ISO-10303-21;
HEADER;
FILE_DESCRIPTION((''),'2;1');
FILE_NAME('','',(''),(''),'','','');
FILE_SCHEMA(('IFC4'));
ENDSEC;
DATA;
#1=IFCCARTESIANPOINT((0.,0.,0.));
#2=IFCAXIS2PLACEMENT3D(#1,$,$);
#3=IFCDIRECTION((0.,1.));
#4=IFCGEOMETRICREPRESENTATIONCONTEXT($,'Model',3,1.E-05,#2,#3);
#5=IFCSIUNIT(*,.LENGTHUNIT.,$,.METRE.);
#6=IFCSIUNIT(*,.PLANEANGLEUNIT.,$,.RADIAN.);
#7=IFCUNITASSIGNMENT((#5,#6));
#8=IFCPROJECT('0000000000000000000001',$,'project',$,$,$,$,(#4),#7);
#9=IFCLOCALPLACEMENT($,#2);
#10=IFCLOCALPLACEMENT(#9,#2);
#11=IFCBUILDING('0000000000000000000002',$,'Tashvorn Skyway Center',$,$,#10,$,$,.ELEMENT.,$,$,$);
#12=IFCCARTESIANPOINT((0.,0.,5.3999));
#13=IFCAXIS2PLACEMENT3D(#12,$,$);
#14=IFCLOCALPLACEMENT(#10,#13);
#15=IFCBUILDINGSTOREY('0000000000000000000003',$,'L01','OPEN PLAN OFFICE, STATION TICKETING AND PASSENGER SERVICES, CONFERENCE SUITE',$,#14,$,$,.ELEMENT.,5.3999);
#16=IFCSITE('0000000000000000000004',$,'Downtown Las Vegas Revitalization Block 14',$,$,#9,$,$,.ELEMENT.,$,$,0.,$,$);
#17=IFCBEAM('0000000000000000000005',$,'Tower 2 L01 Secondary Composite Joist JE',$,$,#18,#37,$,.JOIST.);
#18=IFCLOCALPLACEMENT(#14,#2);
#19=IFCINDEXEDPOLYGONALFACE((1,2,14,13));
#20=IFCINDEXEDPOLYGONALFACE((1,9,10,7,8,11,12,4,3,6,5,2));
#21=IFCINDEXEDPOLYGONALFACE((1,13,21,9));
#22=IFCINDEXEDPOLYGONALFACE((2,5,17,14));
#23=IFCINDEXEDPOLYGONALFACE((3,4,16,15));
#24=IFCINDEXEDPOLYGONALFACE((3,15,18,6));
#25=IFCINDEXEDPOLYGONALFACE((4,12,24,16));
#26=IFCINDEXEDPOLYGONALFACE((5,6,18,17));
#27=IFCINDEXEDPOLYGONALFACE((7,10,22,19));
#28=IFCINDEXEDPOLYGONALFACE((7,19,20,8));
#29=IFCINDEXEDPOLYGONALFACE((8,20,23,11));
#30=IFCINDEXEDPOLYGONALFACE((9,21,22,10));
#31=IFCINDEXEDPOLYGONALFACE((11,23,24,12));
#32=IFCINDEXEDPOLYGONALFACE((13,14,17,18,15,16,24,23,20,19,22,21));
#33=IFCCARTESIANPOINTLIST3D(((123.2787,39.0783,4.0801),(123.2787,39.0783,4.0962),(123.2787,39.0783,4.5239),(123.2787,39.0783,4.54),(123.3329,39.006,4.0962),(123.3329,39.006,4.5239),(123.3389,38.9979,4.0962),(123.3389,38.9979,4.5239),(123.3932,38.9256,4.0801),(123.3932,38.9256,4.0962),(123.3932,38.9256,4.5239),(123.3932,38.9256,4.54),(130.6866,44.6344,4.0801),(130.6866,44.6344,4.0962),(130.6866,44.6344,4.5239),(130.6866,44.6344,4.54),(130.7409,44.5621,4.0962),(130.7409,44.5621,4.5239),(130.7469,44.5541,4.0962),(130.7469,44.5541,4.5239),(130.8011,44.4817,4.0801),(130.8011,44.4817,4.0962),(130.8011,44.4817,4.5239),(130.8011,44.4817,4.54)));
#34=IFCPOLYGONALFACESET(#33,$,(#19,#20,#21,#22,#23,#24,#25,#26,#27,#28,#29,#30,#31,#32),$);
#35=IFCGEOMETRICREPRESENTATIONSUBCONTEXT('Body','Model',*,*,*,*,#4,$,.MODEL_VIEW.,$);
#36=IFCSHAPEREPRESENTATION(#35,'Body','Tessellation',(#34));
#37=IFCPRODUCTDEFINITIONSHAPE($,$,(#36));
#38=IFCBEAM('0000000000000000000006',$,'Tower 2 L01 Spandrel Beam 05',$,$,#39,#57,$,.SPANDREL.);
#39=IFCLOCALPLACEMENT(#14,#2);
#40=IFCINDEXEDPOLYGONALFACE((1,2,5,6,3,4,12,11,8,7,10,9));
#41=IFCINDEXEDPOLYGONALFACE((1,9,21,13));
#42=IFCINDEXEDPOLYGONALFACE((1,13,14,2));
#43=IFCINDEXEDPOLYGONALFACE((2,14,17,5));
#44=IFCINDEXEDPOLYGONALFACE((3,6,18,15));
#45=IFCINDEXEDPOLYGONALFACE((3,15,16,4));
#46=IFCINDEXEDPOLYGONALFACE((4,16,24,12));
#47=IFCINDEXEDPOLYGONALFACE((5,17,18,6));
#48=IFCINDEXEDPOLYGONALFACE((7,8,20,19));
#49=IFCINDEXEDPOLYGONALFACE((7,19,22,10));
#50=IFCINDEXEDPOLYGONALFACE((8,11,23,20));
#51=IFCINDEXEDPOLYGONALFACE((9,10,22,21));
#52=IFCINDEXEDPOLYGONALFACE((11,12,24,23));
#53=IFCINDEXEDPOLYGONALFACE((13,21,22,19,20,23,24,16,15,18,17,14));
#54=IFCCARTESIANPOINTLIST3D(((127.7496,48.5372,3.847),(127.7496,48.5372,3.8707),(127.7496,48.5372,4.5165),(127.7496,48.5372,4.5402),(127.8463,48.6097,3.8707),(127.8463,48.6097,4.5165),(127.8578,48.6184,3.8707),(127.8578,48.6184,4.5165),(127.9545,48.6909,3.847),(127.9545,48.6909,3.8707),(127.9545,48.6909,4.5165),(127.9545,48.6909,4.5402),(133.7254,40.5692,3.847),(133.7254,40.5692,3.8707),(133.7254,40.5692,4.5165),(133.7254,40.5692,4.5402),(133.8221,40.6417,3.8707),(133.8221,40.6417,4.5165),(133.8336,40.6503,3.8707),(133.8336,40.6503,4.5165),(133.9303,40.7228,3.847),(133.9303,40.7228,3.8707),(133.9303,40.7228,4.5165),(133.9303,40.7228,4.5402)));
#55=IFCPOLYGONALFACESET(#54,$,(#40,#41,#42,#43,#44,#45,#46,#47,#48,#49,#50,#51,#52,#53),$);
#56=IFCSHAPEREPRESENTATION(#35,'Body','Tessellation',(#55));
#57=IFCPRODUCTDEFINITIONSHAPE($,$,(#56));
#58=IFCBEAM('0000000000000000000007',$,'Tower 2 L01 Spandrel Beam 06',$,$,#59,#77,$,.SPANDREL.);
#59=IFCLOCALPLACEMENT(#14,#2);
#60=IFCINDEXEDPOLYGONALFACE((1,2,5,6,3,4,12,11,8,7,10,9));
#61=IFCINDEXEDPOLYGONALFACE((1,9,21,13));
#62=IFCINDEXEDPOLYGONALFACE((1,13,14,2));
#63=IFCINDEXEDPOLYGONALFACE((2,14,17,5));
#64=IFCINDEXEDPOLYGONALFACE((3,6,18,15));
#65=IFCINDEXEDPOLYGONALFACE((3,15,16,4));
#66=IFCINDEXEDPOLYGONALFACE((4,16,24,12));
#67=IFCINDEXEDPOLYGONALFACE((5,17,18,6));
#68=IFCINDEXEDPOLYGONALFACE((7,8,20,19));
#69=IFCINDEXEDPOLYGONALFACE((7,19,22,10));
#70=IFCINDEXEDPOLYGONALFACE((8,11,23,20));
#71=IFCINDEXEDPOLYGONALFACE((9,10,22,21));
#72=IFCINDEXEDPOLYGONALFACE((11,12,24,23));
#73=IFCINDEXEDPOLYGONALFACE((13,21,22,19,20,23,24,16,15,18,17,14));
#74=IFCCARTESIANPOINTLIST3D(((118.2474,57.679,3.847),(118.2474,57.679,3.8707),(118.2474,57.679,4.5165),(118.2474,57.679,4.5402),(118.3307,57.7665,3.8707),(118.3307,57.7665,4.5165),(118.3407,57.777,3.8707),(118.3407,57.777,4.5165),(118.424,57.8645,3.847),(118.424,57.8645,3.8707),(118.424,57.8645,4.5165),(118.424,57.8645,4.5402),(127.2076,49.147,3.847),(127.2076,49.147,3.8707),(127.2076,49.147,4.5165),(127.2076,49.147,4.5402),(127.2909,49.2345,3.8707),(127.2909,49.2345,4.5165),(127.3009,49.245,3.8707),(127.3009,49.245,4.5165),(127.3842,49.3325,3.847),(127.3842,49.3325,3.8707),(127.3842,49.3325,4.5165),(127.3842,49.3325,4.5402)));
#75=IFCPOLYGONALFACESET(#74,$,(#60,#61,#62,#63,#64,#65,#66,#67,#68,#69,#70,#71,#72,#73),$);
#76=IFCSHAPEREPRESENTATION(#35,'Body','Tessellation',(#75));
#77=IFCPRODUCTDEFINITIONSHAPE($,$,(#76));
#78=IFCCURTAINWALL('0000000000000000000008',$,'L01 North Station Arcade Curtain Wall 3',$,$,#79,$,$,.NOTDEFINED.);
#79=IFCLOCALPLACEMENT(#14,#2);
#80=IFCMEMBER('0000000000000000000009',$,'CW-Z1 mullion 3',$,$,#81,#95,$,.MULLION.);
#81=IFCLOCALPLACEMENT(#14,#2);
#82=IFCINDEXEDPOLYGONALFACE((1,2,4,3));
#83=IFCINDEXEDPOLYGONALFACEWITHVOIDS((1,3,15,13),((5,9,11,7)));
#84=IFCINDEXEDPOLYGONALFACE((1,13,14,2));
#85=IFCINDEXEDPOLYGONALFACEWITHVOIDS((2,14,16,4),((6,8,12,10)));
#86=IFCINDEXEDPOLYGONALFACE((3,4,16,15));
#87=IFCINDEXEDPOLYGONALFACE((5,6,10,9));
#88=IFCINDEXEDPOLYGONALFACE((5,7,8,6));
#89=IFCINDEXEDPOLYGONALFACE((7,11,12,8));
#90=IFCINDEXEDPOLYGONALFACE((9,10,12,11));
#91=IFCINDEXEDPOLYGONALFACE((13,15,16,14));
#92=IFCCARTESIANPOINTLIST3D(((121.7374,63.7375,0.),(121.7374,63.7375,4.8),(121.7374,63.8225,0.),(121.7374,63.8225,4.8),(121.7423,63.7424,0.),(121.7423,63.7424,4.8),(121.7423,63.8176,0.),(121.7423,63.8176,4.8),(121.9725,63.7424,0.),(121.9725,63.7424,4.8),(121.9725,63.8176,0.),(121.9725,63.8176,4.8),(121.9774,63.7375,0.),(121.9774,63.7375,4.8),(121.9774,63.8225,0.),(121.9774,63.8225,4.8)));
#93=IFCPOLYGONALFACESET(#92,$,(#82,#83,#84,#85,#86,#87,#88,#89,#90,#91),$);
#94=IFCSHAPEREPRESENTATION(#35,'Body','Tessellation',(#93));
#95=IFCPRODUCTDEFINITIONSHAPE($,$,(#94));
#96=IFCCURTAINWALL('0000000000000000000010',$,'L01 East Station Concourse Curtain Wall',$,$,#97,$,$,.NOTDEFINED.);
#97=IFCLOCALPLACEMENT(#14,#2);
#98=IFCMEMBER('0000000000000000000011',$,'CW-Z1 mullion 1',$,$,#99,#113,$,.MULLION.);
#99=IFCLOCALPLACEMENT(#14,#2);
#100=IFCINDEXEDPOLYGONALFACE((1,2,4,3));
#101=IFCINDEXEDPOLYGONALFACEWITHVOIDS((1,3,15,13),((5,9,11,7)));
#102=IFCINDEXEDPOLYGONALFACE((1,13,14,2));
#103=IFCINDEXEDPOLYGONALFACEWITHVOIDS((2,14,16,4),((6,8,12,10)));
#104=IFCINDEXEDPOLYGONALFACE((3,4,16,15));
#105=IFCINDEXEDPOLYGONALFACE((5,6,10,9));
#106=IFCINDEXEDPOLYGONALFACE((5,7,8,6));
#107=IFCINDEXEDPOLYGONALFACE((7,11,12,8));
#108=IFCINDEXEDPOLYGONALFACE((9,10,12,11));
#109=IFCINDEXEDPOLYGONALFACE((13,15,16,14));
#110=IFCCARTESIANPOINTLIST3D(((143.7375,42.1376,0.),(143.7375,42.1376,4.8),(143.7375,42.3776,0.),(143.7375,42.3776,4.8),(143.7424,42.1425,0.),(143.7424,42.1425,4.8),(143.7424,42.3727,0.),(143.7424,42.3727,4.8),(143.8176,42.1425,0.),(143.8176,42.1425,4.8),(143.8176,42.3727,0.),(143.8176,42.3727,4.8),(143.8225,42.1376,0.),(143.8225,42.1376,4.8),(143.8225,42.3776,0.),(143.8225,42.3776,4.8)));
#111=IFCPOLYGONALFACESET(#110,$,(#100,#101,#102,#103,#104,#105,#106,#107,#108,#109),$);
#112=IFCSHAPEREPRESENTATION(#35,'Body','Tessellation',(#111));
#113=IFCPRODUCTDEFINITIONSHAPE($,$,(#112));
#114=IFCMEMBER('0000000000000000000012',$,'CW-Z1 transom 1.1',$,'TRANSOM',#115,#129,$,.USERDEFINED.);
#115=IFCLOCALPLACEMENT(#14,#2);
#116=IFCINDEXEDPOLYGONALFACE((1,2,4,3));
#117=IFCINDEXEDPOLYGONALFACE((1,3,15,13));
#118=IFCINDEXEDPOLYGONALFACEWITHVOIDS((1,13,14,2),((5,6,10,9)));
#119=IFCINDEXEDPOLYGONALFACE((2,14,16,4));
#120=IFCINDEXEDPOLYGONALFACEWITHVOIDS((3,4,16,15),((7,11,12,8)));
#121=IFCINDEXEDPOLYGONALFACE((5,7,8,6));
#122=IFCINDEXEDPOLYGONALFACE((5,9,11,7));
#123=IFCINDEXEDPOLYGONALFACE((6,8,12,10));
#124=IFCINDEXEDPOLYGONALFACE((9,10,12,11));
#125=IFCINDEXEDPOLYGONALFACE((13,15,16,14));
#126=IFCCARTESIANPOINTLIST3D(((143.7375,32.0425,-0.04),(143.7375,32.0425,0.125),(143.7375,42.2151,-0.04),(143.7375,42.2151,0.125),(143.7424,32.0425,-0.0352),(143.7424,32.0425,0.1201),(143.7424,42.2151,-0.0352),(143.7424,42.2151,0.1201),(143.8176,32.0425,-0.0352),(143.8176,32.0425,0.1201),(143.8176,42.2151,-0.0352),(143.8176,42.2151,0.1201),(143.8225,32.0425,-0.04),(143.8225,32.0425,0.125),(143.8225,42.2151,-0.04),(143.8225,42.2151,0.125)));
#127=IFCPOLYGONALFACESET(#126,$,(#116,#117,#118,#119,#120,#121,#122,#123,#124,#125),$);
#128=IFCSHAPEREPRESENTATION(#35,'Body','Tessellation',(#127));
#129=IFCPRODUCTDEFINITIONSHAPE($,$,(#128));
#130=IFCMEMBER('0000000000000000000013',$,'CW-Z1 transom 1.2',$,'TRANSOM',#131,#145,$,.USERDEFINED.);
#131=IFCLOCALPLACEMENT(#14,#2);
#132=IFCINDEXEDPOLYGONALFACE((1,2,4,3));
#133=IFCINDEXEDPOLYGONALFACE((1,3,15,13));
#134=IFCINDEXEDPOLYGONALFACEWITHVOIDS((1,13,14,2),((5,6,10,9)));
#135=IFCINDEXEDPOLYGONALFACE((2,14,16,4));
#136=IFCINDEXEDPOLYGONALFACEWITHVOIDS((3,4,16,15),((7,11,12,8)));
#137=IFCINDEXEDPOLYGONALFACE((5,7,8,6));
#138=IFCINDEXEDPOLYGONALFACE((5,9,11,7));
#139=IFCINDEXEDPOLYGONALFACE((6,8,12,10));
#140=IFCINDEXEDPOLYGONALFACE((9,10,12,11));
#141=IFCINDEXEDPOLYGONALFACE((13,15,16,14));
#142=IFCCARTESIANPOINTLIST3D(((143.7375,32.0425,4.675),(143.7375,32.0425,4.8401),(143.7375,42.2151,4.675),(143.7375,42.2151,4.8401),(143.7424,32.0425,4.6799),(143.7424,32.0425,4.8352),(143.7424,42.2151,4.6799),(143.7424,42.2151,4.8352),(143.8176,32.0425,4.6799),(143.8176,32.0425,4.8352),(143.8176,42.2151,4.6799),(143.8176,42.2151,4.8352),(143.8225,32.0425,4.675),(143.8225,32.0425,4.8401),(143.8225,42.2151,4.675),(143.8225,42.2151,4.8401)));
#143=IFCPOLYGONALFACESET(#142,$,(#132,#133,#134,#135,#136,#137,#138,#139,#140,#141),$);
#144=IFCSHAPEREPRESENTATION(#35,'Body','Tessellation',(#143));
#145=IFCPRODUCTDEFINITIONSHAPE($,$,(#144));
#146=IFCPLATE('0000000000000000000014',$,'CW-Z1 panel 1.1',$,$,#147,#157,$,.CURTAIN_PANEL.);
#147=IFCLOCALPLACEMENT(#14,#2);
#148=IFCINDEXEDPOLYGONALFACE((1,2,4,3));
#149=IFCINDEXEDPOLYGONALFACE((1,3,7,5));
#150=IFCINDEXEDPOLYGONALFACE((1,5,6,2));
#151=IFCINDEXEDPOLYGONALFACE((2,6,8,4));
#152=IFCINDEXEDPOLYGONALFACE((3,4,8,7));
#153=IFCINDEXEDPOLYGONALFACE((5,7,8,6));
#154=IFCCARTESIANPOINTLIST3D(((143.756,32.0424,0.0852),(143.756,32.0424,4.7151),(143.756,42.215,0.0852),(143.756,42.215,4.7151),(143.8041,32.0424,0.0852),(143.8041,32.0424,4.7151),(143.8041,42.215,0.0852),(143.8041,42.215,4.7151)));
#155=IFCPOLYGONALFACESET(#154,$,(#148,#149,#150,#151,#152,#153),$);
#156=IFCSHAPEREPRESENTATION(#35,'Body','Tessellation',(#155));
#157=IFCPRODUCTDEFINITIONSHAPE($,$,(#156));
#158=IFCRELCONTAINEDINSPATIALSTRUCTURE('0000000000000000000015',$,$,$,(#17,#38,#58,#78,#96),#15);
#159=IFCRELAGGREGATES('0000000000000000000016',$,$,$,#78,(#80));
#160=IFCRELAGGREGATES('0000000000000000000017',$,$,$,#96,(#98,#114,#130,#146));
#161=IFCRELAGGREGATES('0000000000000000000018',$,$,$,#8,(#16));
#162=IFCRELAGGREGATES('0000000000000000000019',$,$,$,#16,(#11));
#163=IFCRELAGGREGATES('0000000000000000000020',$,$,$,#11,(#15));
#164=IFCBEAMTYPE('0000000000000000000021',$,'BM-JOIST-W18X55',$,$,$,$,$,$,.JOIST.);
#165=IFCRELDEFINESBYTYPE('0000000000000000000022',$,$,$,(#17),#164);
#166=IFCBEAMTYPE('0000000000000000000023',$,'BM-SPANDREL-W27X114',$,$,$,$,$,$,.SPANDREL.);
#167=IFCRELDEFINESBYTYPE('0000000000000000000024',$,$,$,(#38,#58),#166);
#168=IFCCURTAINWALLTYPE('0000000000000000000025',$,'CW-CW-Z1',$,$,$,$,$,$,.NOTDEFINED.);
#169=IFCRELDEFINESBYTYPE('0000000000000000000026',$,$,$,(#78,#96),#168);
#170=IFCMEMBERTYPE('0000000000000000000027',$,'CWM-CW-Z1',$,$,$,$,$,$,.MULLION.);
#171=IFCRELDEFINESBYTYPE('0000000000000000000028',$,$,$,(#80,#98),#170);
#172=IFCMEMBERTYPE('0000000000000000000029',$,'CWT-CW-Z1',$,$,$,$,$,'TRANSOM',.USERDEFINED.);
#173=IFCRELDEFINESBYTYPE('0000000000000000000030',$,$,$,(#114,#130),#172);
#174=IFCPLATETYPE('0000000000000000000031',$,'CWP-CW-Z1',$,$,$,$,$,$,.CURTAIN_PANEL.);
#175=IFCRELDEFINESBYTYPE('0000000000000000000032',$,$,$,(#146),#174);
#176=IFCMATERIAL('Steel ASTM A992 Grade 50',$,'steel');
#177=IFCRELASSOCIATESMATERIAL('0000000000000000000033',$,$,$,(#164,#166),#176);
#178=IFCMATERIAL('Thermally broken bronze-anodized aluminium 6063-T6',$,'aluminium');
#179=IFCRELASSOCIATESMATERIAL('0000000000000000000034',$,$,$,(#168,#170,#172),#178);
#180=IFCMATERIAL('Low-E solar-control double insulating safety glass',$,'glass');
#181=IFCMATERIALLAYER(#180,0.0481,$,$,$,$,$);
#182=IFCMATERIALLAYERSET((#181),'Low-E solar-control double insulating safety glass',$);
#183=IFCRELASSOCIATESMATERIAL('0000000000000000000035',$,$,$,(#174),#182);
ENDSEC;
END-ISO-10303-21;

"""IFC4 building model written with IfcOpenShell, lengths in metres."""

from ifc_helpers import new_model, si_unit, direction, frame, origin, origin_2d, place, context, subcontext, project, spatial, rectangle, hollow_rectangle, i_section, extrude, material, layer, layer_set, material_profile, profile_set, type_object, element, aggregate, save


model = new_model("IFC4")

# Units and contexts
model_context = context("Model", 3, precision=1e-05, world=origin(), true_north=direction((0.0, 1.0)))
body_context = subcontext(model_context, "Body", "Model", "MODEL_VIEW")
ifc_project = project(units=[si_unit("LENGTHUNIT", "METRE"), si_unit("PLANEANGLEUNIT", "RADIAN")], contexts=[model_context])

# Site, building, storey
site_placement = place(None, origin())
site = spatial("IfcSite", under=ifc_project, at=site_placement, Name="Downtown Las Vegas Revitalization Block 14", CompositionType="ELEMENT", RefElevation=0.0)
building_placement = place(site_placement, origin())
building = spatial("IfcBuilding", under=site, at=building_placement, Name="Tashvorn Skyway Center", CompositionType="ELEMENT")
storey_placement = place(building_placement, frame((0.0, 0.0, 5.3999)))
storey = spatial("IfcBuildingStorey", under=building, at=storey_placement, Name="L01", Description="OPEN PLAN OFFICE, STATION TICKETING AND PASSENGER SERVICES, CONFERENCE SUITE", CompositionType="ELEMENT", Elevation=5.3999)

# Beams
ifc_material_1 = material(Name="Steel ASTM A992 Grade 50", Category="steel")
ifc_material_profile_1 = material_profile(ifc_material_1, i_section(OverallWidth=0.1909, OverallDepth=0.46, WebThickness=0.01, FlangeThickness=0.0161, at=origin_2d()), Name="W18X55")
ifc_profile_set_1 = profile_set([ifc_material_profile_1], Name="Steel ASTM A992 Grade 50")
beam_type_1 = type_object("IfcBeamType", Name="BM-JOIST-W18X55", PredefinedType="JOIST", material=ifc_profile_set_1)
beam_1_placement = place(storey_placement, frame((123.3359, 39.002, 4.3101), z_axis=(0.799991, 0.600013, 0.0), x_axis=(-0.600013, 0.799991, 0.0)))
element("IfcBeam", 1, at=beam_1_placement, inside=storey, type_object=beam_type_1, Name="Tower 2 L01 Secondary Composite Joist JE", PredefinedType="JOIST", context=body_context, shape_type="SweptSolid", body=[
    extrude(i_section(OverallWidth=0.1909, OverallDepth=0.46, WebThickness=0.01, FlangeThickness=0.0161, at=origin_2d()), origin(), (0.0, 0.0, 1.0), 9.26),
])
ifc_material_profile_2 = material_profile(ifc_material_1, i_section(OverallWidth=0.2561, OverallDepth=0.6931, WebThickness=0.0144, FlangeThickness=0.0237, at=origin_2d()), Name="W27X114")
ifc_profile_set_2 = profile_set([ifc_material_profile_2], Name="Steel ASTM A992 Grade 50")
beam_type_2 = type_object("IfcBeamType", Name="BM-SPANDREL-W27X114", PredefinedType="SPANDREL", material=ifc_profile_set_2)
beam_2_placement = place(storey_placement, frame((133.8279, 40.646, 4.1936), z_axis=(-0.599988, 0.800009, 0.0), x_axis=(-0.800009, -0.599988, 0.0)))
element("IfcBeam", 2, at=beam_2_placement, inside=storey, type_object=beam_type_2, Name="Tower 2 L01 Spandrel Beam 05", PredefinedType="SPANDREL", context=body_context, shape_type="SweptSolid", body=[
    extrude(i_section(OverallWidth=0.2561, OverallDepth=0.6931, WebThickness=0.0144, FlangeThickness=0.0237, at=origin_2d()), origin(), (0.0, 0.0, 1.0), 9.96),
])
beam_3_placement = place(storey_placement, frame((127.2959, 49.2397, 4.1936), z_axis=(-0.7242, 0.68959, 0.0), x_axis=(-0.68959, -0.7242, 0.0)))
element("IfcBeam", 3, at=beam_3_placement, inside=storey, type_object=beam_type_2, Name="Tower 2 L01 Spandrel Beam 06", PredefinedType="SPANDREL", context=body_context, shape_type="SweptSolid", body=[
    extrude(i_section(OverallWidth=0.2561, OverallDepth=0.6931, WebThickness=0.0144, FlangeThickness=0.0237, at=origin_2d()), origin(), (0.0, 0.0, 1.0), 12.3726),
])

# Curtain wall, member
ifc_material_2 = material(Name="Thermally broken bronze-anodized aluminium 6063-T6", Category="aluminium")
curtain_wall_type = type_object("IfcCurtainWallType", Name="CW-CW-Z1", PredefinedType="NOTDEFINED", material=ifc_material_2)
curtain_wall_1_placement = place(storey_placement, origin())
curtain_wall_1 = element("IfcCurtainWall", 4, at=curtain_wall_1_placement, inside=storey, type_object=curtain_wall_type, Name="L01 North Station Arcade Curtain Wall 3", PredefinedType="NOTDEFINED")
ifc_material_profile_3 = material_profile(ifc_material_2, hollow_rectangle(XDim=0.085, YDim=0.24, WallThickness=0.0049, at=origin_2d()), Name="ALU-MULL-85x240")
ifc_profile_set_3 = profile_set([ifc_material_profile_3], Name="Thermally broken bronze-anodized aluminium 6063-T6")
member_type_1 = type_object("IfcMemberType", Name="CWM-CW-Z1", PredefinedType="MULLION", material=ifc_profile_set_3)
member_1_placement = place(storey_placement, frame((121.8574, 63.78, 0.0), z_axis=(0.0, 0.0, 1.0), x_axis=(0.0, 1.0, 0.0)))
member_1 = element("IfcMember", 5, at=member_1_placement, type_object=member_type_1, Name="CW-Z1 mullion 3", PredefinedType="MULLION", context=body_context, shape_type="SweptSolid", body=[
    extrude(hollow_rectangle(XDim=0.085, YDim=0.24, WallThickness=0.0049, at=origin_2d()), origin(), (0.0, 0.0, 1.0), 4.8),
])
aggregate(curtain_wall_1, [member_1])

# Curtain wall, members, plate
curtain_wall_2_placement = place(storey_placement, origin())
curtain_wall_2 = element("IfcCurtainWall", 6, at=curtain_wall_2_placement, inside=storey, type_object=curtain_wall_type, Name="L01 East Station Concourse Curtain Wall", PredefinedType="NOTDEFINED")
member_2_placement = place(storey_placement, frame((143.78, 42.2576, 0.0), z_axis=(0.0, 0.0, 1.0), x_axis=(1.0, 0.0, 0.0)))
member_2 = element("IfcMember", 7, at=member_2_placement, type_object=member_type_1, Name="CW-Z1 mullion 1", PredefinedType="MULLION", context=body_context, shape_type="SweptSolid", body=[
    extrude(hollow_rectangle(XDim=0.085, YDim=0.24, WallThickness=0.0049, at=origin_2d()), origin(), (0.0, 0.0, 1.0), 4.8),
])
ifc_material_profile_4 = material_profile(ifc_material_2, hollow_rectangle(XDim=0.085, YDim=0.165, WallThickness=0.0049, at=origin_2d()), Name="ALU-TRAN-85x165")
ifc_profile_set_4 = profile_set([ifc_material_profile_4], Name="Thermally broken bronze-anodized aluminium 6063-T6")
member_type_2 = type_object("IfcMemberType", Name="CWT-CW-Z1", ElementType="TRANSOM", PredefinedType="USERDEFINED", material=ifc_profile_set_4)
member_3_placement = place(storey_placement, frame((143.78, 42.2151, 0.0425), z_axis=(0.0, -1.0, 0.0), x_axis=(1.0, 0.0, 0.0)))
member_3 = element("IfcMember", 8, at=member_3_placement, type_object=member_type_2, Name="CW-Z1 transom 1.1", ObjectType="TRANSOM", PredefinedType="USERDEFINED", context=body_context, shape_type="SweptSolid", body=[
    extrude(hollow_rectangle(XDim=0.085, YDim=0.165, WallThickness=0.0049, at=origin_2d()), origin(), (0.0, 0.0, 1.0), 10.1726),
])
member_4_placement = place(storey_placement, frame((143.78, 42.2151, 4.7576), z_axis=(0.0, -1.0, 0.0), x_axis=(1.0, 0.0, 0.0)))
member_4 = element("IfcMember", 9, at=member_4_placement, type_object=member_type_2, Name="CW-Z1 transom 1.2", ObjectType="TRANSOM", PredefinedType="USERDEFINED", context=body_context, shape_type="SweptSolid", body=[
    extrude(hollow_rectangle(XDim=0.085, YDim=0.165, WallThickness=0.0049, at=origin_2d()), origin(), (0.0, 0.0, 1.0), 10.1726),
])
ifc_material_3 = material(Name="Low-E solar-control double insulating safety glass", Category="glass")
ifc_layer_1 = layer(ifc_material_3, 0.0481)
ifc_layer_set_1 = layer_set([ifc_layer_1], Name="Low-E solar-control double insulating safety glass")
plate_type = type_object("IfcPlateType", Name="CWP-CW-Z1", PredefinedType="CURTAIN_PANEL", material=ifc_layer_set_1)
plate_placement = place(storey_placement, frame((143.78, 37.1287, 0.0852), z_axis=(0.0, 0.0, 1.0), x_axis=(0.0, -1.0, 0.0)))
plate = element("IfcPlate", 10, at=plate_placement, type_object=plate_type, Name="CW-Z1 panel 1.1", PredefinedType="CURTAIN_PANEL", context=body_context, shape_type="SweptSolid", body=[
    extrude(rectangle(XDim=10.1726, YDim=0.0481, at=origin_2d()), origin(), (0.0, 0.0, 1.0), 4.6299),
])
aggregate(curtain_wall_2, [member_2, member_3, member_4, plate])

save(model, "model.ifc")
